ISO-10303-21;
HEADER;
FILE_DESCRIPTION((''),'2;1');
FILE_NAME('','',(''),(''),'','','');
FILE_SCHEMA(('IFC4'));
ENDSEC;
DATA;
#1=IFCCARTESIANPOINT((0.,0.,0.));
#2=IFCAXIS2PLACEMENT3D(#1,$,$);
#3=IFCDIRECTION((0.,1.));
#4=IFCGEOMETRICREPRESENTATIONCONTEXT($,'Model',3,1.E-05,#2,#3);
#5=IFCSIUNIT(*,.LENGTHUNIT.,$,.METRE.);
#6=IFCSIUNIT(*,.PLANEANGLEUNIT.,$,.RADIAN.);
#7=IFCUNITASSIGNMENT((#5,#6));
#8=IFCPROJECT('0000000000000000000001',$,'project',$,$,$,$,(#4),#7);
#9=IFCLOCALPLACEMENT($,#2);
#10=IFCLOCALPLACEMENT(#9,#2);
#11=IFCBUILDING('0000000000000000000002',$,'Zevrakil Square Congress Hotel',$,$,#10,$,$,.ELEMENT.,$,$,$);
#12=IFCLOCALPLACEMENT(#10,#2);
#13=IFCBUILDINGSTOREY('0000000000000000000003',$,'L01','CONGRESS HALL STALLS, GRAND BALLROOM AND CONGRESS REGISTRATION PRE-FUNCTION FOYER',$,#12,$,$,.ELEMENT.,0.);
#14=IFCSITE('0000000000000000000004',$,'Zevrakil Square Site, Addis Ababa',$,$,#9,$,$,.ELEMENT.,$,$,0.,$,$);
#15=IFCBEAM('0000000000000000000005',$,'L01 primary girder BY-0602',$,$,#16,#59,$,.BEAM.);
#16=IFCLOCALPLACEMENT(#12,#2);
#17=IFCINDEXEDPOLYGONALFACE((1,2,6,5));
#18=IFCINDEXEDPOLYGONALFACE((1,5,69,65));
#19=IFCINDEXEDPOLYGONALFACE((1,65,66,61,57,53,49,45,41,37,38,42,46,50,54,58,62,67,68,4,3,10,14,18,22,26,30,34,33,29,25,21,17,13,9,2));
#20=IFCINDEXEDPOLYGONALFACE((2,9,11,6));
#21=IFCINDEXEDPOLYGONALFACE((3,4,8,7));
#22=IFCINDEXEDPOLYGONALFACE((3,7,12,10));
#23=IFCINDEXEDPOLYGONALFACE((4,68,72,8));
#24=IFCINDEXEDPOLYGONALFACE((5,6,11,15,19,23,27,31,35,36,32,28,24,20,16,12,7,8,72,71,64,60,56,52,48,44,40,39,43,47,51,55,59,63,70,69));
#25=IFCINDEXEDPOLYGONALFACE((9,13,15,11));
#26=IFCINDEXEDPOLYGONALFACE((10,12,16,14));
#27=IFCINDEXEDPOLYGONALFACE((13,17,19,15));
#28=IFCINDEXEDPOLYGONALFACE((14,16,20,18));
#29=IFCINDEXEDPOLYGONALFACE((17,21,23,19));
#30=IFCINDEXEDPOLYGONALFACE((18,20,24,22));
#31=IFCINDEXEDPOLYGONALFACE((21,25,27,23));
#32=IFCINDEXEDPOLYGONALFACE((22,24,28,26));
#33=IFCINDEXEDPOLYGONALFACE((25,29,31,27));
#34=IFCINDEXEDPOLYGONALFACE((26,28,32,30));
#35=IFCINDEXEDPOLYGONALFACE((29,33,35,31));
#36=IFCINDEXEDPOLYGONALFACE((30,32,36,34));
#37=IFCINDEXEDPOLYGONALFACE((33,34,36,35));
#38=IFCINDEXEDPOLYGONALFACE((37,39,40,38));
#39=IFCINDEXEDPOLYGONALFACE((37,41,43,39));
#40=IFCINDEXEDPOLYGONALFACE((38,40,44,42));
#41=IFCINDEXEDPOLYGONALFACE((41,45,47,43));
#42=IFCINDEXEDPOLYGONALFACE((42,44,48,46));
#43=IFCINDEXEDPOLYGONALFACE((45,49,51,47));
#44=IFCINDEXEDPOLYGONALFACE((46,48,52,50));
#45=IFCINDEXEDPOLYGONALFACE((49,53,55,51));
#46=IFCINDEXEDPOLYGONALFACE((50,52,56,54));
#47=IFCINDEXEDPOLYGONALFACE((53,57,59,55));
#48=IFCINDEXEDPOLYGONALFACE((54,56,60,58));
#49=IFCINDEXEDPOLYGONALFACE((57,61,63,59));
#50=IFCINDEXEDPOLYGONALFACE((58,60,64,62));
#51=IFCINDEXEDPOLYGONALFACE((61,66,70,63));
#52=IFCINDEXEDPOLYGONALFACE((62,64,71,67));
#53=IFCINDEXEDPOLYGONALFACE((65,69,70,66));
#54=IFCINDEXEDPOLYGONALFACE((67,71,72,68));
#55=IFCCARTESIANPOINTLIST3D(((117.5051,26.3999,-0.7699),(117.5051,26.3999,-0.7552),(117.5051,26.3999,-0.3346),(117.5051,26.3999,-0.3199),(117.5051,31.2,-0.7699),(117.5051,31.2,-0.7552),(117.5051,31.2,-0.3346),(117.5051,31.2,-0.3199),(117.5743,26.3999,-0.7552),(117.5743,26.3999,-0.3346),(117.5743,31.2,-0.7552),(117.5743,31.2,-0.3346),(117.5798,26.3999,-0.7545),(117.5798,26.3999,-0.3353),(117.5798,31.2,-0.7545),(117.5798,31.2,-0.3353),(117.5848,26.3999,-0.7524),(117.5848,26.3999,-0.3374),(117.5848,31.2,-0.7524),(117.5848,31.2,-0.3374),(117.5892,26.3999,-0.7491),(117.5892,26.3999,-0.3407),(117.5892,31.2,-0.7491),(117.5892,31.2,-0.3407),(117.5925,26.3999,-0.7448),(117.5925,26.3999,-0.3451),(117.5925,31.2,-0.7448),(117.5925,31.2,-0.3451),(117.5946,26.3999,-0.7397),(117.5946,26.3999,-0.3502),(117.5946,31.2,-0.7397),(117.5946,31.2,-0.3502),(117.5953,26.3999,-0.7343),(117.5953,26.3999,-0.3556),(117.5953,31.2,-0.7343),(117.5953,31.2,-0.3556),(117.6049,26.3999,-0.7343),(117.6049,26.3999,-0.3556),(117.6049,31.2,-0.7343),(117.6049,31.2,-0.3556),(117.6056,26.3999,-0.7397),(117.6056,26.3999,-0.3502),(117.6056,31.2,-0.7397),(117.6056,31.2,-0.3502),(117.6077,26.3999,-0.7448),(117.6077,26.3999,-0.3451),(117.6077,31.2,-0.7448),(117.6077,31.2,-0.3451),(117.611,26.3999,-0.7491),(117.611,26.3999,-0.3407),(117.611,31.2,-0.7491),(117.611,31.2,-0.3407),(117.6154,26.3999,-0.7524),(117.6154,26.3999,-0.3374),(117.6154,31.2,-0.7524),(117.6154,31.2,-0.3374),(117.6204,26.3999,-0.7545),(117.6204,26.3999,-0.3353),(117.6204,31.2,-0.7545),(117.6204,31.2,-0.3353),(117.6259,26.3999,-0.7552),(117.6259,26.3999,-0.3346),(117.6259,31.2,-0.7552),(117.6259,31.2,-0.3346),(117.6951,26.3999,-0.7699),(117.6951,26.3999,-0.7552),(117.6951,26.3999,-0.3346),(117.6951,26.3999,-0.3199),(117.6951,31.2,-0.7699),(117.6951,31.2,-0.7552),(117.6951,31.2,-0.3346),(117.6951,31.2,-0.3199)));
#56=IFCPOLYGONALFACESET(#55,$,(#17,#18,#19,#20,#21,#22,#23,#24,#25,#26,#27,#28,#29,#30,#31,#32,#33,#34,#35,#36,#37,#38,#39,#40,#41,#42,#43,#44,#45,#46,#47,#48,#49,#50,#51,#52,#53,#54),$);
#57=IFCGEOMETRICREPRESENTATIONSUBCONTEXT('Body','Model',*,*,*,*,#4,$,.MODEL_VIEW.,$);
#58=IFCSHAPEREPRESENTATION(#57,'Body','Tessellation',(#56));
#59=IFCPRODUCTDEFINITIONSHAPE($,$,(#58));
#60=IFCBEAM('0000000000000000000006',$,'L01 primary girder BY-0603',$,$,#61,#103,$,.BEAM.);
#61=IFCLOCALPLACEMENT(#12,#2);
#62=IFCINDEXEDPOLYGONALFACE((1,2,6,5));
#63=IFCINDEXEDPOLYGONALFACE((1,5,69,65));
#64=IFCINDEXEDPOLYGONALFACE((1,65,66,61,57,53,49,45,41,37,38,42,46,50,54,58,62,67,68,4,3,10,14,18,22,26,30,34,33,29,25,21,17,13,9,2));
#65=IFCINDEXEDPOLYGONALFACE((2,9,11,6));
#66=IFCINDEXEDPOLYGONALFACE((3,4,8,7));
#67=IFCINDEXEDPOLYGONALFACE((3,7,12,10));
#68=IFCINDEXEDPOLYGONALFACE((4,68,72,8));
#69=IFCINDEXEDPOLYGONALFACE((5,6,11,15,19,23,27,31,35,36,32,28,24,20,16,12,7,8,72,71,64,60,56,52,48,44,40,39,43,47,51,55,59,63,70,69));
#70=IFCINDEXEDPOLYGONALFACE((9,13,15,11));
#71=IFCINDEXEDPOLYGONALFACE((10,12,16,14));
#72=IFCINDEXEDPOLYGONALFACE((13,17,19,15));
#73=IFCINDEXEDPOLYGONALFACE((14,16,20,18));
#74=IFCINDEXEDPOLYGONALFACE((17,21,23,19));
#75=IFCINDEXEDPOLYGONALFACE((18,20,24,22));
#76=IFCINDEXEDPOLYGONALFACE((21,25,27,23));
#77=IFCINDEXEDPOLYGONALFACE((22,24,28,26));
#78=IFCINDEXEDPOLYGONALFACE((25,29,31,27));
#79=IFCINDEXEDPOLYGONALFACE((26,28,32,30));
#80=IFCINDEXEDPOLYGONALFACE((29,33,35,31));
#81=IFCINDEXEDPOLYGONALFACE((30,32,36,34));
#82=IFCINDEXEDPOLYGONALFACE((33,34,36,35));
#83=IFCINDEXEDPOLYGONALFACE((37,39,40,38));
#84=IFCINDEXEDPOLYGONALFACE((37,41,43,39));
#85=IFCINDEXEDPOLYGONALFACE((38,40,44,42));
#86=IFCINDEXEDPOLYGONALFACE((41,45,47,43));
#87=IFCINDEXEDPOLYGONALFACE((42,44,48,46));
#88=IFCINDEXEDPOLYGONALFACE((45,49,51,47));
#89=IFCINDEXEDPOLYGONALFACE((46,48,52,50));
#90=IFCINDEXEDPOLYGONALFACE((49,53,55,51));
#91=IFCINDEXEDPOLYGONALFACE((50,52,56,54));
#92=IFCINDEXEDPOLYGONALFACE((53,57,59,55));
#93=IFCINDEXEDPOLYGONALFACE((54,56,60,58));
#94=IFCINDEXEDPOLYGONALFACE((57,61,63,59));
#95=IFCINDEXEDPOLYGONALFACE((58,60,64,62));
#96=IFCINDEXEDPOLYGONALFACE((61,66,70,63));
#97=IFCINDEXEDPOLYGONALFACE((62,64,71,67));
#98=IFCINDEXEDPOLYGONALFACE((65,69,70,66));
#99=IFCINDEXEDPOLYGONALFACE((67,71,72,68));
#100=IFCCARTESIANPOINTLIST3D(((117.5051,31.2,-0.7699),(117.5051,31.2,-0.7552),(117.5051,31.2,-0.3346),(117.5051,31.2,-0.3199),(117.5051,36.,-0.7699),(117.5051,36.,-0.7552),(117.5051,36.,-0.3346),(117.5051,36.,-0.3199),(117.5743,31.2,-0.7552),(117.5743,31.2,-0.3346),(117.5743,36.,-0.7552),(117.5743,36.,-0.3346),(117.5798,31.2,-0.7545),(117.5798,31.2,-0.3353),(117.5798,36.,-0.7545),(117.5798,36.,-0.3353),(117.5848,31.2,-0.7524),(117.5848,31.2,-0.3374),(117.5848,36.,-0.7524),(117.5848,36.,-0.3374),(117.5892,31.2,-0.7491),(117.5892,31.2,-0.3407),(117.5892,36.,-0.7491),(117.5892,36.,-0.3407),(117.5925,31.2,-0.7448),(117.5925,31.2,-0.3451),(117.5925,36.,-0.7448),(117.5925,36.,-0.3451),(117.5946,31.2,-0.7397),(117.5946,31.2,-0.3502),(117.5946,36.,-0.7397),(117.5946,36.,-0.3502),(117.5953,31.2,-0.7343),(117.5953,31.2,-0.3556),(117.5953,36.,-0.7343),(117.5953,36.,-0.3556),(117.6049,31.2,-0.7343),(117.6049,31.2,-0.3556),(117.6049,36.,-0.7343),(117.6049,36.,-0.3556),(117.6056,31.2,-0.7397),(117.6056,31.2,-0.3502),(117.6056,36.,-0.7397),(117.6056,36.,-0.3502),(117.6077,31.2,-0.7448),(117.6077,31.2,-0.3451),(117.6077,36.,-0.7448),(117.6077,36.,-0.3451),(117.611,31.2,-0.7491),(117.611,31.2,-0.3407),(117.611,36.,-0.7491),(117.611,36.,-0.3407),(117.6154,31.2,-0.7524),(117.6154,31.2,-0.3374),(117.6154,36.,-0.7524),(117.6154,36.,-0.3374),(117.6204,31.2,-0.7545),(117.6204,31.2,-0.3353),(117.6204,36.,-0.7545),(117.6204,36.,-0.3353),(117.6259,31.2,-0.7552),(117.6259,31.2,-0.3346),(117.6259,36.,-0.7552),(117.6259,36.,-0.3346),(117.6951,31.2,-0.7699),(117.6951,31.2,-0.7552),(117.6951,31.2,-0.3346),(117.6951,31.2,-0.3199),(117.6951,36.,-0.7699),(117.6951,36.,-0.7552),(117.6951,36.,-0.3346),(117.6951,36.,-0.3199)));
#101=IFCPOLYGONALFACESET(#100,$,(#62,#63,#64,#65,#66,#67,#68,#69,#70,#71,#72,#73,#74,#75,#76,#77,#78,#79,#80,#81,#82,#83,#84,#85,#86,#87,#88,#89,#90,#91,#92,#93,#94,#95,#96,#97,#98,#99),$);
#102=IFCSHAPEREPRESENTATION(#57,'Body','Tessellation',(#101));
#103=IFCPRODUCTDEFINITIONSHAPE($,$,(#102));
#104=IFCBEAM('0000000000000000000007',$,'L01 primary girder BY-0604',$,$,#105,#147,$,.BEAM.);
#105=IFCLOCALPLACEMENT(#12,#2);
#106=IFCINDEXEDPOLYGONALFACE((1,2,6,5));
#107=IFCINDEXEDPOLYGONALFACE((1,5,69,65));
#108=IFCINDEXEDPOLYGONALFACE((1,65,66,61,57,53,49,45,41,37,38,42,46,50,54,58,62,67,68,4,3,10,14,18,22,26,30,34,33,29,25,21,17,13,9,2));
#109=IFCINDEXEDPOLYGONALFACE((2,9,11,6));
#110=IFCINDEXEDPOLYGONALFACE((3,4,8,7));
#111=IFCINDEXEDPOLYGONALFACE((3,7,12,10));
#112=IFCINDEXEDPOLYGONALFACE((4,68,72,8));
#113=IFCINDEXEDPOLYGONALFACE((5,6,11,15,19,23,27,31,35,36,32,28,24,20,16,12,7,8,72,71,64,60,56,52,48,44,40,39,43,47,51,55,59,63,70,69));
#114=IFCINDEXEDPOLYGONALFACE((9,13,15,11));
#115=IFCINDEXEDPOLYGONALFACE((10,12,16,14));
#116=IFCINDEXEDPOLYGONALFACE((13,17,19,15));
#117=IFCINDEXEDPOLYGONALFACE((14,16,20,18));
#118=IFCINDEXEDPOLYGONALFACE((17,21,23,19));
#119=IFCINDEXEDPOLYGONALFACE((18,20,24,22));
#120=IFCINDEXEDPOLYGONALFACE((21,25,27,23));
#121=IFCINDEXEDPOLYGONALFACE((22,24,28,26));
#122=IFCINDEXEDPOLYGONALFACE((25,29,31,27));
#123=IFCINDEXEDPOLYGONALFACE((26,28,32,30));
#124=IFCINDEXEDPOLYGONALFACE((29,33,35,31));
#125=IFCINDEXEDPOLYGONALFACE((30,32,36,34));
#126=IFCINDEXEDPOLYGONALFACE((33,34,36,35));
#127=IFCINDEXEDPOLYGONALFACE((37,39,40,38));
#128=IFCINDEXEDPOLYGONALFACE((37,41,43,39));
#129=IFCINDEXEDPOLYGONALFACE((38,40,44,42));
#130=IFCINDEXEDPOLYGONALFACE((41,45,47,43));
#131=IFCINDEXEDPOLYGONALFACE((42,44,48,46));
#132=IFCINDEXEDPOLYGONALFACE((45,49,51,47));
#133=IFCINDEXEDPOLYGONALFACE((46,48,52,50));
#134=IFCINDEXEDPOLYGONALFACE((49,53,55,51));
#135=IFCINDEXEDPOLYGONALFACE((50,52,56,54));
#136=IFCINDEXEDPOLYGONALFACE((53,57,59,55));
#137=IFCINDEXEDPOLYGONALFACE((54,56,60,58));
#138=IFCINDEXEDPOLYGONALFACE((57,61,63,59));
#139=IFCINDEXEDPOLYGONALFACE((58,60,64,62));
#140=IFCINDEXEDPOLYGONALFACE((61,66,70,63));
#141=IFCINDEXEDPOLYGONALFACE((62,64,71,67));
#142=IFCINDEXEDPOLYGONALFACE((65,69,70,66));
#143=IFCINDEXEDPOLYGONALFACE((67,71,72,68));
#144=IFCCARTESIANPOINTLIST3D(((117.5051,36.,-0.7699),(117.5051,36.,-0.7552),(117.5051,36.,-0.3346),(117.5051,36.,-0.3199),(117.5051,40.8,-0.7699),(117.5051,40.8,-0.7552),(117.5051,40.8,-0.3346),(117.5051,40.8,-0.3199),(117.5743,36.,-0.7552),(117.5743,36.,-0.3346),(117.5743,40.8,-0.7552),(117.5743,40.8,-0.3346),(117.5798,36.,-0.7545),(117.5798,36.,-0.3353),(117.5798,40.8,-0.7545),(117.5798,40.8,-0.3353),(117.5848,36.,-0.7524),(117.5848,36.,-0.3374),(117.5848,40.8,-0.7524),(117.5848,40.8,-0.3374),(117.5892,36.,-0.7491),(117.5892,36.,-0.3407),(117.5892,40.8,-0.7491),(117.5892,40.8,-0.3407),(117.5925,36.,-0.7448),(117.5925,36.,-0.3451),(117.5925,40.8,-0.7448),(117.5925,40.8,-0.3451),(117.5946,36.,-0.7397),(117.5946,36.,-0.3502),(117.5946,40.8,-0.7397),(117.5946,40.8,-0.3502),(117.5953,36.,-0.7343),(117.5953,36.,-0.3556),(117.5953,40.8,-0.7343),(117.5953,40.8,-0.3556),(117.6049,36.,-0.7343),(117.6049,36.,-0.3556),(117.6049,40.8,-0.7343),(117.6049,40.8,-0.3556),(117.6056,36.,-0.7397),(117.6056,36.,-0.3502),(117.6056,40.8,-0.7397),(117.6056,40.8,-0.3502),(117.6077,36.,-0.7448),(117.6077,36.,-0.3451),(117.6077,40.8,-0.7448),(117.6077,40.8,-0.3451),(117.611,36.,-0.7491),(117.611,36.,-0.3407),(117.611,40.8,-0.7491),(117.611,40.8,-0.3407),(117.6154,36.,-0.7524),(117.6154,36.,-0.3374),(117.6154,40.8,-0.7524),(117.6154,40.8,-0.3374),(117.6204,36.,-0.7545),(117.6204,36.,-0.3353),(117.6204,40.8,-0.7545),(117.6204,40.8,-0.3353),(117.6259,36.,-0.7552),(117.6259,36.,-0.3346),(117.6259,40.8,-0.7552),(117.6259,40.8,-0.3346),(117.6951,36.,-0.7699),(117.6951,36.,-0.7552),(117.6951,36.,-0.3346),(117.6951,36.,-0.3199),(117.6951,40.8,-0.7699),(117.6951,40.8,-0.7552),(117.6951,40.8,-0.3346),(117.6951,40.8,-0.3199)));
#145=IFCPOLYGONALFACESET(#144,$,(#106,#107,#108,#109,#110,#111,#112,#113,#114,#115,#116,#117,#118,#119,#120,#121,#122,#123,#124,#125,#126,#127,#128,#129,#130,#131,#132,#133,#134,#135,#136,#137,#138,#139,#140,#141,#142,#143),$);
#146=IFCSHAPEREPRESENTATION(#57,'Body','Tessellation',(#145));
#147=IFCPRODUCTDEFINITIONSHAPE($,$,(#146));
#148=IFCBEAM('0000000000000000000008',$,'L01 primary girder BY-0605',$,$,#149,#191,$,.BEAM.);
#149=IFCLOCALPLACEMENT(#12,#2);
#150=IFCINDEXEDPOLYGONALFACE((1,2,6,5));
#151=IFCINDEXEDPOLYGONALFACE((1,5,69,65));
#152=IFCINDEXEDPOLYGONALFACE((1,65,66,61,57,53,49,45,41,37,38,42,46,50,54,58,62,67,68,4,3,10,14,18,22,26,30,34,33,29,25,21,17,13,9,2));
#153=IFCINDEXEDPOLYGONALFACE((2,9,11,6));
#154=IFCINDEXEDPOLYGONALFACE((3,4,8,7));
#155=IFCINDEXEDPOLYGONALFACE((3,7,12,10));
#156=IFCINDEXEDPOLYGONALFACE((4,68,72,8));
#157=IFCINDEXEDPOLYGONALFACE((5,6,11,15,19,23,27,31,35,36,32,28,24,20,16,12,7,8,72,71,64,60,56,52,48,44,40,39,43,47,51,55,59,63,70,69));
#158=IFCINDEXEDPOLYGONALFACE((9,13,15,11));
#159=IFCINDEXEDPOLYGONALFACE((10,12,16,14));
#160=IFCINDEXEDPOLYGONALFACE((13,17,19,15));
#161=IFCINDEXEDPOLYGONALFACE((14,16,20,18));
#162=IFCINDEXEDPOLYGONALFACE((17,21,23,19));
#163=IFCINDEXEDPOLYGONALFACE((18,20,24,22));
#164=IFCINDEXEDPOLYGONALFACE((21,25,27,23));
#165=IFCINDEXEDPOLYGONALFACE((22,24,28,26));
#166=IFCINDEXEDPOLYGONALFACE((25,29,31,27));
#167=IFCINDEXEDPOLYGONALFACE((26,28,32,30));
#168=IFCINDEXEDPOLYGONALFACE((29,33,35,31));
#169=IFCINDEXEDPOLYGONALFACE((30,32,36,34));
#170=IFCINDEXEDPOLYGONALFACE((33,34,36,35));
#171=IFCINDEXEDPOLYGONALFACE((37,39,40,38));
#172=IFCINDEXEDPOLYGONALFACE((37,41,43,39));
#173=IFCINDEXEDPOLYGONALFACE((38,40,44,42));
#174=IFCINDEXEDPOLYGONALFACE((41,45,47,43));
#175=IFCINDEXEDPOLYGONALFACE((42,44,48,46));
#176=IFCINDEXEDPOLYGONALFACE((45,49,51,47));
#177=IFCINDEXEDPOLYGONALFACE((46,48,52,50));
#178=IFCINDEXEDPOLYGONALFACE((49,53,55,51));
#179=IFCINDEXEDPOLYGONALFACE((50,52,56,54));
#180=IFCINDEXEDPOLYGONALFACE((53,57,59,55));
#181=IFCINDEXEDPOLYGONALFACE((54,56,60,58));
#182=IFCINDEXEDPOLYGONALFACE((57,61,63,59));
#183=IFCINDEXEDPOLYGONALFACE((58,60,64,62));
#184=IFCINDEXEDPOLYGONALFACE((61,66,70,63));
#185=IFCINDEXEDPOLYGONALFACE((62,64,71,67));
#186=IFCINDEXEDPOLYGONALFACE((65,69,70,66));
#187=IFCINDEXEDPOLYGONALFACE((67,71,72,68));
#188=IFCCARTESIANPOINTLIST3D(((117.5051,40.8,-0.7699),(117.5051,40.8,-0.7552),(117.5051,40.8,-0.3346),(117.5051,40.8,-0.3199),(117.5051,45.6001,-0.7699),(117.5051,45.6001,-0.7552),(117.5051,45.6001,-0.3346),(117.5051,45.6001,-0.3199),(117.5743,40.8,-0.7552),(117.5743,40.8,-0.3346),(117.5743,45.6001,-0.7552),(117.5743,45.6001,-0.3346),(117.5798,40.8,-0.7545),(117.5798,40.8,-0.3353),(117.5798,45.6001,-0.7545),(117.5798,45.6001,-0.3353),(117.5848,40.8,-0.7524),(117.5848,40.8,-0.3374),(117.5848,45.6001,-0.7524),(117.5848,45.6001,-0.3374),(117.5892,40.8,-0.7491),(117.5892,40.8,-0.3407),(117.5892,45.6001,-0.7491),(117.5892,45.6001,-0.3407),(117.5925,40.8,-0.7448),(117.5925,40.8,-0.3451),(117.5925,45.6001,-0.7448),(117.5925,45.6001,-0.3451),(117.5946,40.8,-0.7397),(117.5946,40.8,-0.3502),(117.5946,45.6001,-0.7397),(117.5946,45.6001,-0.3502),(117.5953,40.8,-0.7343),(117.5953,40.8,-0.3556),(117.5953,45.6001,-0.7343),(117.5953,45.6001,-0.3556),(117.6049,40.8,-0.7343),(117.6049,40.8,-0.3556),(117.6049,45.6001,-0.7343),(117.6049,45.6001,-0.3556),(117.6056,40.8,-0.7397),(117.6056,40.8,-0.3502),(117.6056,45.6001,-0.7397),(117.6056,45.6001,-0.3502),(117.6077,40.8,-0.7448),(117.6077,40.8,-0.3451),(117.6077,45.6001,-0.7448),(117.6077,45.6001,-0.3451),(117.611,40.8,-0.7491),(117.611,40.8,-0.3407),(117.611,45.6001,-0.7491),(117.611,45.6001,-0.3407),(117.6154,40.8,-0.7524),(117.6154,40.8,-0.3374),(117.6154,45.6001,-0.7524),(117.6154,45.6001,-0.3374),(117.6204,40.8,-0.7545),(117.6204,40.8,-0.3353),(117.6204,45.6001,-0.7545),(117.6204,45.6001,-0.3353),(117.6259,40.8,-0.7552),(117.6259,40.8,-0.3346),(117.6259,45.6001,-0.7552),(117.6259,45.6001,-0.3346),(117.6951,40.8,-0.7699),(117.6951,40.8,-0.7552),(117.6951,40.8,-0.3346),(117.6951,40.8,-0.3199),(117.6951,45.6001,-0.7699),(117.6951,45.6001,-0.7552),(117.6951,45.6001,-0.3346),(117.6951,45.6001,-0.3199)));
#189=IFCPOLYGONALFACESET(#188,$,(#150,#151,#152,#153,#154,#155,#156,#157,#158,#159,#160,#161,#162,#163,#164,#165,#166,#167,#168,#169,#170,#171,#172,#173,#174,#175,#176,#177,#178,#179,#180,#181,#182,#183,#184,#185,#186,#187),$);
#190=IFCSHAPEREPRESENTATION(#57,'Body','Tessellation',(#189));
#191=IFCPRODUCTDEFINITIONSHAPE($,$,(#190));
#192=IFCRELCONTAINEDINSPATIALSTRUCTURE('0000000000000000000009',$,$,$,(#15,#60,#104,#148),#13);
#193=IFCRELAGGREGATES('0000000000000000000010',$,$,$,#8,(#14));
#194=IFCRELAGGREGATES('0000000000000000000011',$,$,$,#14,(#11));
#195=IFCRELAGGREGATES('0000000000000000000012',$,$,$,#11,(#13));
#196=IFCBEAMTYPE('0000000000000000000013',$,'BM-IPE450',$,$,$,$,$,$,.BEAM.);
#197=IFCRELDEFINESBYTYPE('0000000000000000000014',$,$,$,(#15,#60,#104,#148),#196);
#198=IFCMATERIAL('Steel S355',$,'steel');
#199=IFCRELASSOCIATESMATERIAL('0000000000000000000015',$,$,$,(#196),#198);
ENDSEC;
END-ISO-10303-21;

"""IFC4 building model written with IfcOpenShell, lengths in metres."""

from ifc_helpers import new_model, si_unit, direction, frame, origin, origin_2d, place, context, subcontext, project, spatial, i_section, extrude, material, material_profile, profile_set, type_object, element, save


model = new_model("IFC4")

# Units and contexts
model_context = context("Model", 3, precision=1e-05, world=origin(), true_north=direction((0.0, 1.0)))
body_context = subcontext(model_context, "Body", "Model", "MODEL_VIEW")
ifc_project = project(units=[si_unit("LENGTHUNIT", "METRE"), si_unit("PLANEANGLEUNIT", "RADIAN")], contexts=[model_context])

# Site, building, storey
site_placement = place(None, origin())
site = spatial("IfcSite", under=ifc_project, at=site_placement, Name="Zevrakil Square Site, Addis Ababa", CompositionType="ELEMENT", RefElevation=0.0)
building_placement = place(site_placement, origin())
building = spatial("IfcBuilding", under=site, at=building_placement, Name="Zevrakil Square Congress Hotel", CompositionType="ELEMENT")
storey_placement = place(building_placement, origin())
storey = spatial("IfcBuildingStorey", under=building, at=storey_placement, Name="L01", Description="CONGRESS HALL STALLS, GRAND BALLROOM AND CONGRESS REGISTRATION PRE-FUNCTION FOYER", CompositionType="ELEMENT", Elevation=0.0)

# Beams
ifc_material_1 = material(Name="Steel S355", Category="steel")
ifc_material_profile_1 = material_profile(ifc_material_1, i_section(OverallWidth=0.1899, OverallDepth=0.45, WebThickness=0.0095, FlangeThickness=0.0146, FilletRadius=0.021, at=origin_2d()), Name="IPE 450")
ifc_profile_set_1 = profile_set([ifc_material_profile_1], Name="Steel S355")
beam_type_1 = type_object("IfcBeamType", Name="BM-IPE450", PredefinedType="BEAM", material=ifc_profile_set_1)
for number, where, z_axis, x_axis, name in (
    (1, (117.6001, 26.3999, -0.5449), (0.0, 1.0, 0.0), (-1.0, 0.0, 0.0), "L01 primary girder BY-0602"),
    (2, (117.6001, 31.2, -0.5449), (0.0, 1.0, 0.0), (-1.0, 0.0, 0.0), "L01 primary girder BY-0603"),
    (3, (117.6001, 36.0, -0.5449), (0.0, 1.0, 0.0), (-1.0, 0.0, 0.0), "L01 primary girder BY-0604"),
    (4, (117.6001, 40.8, -0.5449), (0.0, 1.0, 0.0), (-1.0, 0.0, 0.0), "L01 primary girder BY-0605"),
):
    element("IfcBeam", number, at=place(storey_placement, frame(where, z_axis=z_axis, x_axis=x_axis)), inside=storey, type_object=beam_type_1, Name=name, PredefinedType="BEAM", context=body_context, shape_type="SweptSolid", body=[
        extrude(i_section(OverallWidth=0.1899, OverallDepth=0.45, WebThickness=0.0095, FlangeThickness=0.0146, FilletRadius=0.021, at=origin_2d()), origin(), (0.0, 0.0, 1.0), 4.8),
    ])

save(model, "model.ifc")
